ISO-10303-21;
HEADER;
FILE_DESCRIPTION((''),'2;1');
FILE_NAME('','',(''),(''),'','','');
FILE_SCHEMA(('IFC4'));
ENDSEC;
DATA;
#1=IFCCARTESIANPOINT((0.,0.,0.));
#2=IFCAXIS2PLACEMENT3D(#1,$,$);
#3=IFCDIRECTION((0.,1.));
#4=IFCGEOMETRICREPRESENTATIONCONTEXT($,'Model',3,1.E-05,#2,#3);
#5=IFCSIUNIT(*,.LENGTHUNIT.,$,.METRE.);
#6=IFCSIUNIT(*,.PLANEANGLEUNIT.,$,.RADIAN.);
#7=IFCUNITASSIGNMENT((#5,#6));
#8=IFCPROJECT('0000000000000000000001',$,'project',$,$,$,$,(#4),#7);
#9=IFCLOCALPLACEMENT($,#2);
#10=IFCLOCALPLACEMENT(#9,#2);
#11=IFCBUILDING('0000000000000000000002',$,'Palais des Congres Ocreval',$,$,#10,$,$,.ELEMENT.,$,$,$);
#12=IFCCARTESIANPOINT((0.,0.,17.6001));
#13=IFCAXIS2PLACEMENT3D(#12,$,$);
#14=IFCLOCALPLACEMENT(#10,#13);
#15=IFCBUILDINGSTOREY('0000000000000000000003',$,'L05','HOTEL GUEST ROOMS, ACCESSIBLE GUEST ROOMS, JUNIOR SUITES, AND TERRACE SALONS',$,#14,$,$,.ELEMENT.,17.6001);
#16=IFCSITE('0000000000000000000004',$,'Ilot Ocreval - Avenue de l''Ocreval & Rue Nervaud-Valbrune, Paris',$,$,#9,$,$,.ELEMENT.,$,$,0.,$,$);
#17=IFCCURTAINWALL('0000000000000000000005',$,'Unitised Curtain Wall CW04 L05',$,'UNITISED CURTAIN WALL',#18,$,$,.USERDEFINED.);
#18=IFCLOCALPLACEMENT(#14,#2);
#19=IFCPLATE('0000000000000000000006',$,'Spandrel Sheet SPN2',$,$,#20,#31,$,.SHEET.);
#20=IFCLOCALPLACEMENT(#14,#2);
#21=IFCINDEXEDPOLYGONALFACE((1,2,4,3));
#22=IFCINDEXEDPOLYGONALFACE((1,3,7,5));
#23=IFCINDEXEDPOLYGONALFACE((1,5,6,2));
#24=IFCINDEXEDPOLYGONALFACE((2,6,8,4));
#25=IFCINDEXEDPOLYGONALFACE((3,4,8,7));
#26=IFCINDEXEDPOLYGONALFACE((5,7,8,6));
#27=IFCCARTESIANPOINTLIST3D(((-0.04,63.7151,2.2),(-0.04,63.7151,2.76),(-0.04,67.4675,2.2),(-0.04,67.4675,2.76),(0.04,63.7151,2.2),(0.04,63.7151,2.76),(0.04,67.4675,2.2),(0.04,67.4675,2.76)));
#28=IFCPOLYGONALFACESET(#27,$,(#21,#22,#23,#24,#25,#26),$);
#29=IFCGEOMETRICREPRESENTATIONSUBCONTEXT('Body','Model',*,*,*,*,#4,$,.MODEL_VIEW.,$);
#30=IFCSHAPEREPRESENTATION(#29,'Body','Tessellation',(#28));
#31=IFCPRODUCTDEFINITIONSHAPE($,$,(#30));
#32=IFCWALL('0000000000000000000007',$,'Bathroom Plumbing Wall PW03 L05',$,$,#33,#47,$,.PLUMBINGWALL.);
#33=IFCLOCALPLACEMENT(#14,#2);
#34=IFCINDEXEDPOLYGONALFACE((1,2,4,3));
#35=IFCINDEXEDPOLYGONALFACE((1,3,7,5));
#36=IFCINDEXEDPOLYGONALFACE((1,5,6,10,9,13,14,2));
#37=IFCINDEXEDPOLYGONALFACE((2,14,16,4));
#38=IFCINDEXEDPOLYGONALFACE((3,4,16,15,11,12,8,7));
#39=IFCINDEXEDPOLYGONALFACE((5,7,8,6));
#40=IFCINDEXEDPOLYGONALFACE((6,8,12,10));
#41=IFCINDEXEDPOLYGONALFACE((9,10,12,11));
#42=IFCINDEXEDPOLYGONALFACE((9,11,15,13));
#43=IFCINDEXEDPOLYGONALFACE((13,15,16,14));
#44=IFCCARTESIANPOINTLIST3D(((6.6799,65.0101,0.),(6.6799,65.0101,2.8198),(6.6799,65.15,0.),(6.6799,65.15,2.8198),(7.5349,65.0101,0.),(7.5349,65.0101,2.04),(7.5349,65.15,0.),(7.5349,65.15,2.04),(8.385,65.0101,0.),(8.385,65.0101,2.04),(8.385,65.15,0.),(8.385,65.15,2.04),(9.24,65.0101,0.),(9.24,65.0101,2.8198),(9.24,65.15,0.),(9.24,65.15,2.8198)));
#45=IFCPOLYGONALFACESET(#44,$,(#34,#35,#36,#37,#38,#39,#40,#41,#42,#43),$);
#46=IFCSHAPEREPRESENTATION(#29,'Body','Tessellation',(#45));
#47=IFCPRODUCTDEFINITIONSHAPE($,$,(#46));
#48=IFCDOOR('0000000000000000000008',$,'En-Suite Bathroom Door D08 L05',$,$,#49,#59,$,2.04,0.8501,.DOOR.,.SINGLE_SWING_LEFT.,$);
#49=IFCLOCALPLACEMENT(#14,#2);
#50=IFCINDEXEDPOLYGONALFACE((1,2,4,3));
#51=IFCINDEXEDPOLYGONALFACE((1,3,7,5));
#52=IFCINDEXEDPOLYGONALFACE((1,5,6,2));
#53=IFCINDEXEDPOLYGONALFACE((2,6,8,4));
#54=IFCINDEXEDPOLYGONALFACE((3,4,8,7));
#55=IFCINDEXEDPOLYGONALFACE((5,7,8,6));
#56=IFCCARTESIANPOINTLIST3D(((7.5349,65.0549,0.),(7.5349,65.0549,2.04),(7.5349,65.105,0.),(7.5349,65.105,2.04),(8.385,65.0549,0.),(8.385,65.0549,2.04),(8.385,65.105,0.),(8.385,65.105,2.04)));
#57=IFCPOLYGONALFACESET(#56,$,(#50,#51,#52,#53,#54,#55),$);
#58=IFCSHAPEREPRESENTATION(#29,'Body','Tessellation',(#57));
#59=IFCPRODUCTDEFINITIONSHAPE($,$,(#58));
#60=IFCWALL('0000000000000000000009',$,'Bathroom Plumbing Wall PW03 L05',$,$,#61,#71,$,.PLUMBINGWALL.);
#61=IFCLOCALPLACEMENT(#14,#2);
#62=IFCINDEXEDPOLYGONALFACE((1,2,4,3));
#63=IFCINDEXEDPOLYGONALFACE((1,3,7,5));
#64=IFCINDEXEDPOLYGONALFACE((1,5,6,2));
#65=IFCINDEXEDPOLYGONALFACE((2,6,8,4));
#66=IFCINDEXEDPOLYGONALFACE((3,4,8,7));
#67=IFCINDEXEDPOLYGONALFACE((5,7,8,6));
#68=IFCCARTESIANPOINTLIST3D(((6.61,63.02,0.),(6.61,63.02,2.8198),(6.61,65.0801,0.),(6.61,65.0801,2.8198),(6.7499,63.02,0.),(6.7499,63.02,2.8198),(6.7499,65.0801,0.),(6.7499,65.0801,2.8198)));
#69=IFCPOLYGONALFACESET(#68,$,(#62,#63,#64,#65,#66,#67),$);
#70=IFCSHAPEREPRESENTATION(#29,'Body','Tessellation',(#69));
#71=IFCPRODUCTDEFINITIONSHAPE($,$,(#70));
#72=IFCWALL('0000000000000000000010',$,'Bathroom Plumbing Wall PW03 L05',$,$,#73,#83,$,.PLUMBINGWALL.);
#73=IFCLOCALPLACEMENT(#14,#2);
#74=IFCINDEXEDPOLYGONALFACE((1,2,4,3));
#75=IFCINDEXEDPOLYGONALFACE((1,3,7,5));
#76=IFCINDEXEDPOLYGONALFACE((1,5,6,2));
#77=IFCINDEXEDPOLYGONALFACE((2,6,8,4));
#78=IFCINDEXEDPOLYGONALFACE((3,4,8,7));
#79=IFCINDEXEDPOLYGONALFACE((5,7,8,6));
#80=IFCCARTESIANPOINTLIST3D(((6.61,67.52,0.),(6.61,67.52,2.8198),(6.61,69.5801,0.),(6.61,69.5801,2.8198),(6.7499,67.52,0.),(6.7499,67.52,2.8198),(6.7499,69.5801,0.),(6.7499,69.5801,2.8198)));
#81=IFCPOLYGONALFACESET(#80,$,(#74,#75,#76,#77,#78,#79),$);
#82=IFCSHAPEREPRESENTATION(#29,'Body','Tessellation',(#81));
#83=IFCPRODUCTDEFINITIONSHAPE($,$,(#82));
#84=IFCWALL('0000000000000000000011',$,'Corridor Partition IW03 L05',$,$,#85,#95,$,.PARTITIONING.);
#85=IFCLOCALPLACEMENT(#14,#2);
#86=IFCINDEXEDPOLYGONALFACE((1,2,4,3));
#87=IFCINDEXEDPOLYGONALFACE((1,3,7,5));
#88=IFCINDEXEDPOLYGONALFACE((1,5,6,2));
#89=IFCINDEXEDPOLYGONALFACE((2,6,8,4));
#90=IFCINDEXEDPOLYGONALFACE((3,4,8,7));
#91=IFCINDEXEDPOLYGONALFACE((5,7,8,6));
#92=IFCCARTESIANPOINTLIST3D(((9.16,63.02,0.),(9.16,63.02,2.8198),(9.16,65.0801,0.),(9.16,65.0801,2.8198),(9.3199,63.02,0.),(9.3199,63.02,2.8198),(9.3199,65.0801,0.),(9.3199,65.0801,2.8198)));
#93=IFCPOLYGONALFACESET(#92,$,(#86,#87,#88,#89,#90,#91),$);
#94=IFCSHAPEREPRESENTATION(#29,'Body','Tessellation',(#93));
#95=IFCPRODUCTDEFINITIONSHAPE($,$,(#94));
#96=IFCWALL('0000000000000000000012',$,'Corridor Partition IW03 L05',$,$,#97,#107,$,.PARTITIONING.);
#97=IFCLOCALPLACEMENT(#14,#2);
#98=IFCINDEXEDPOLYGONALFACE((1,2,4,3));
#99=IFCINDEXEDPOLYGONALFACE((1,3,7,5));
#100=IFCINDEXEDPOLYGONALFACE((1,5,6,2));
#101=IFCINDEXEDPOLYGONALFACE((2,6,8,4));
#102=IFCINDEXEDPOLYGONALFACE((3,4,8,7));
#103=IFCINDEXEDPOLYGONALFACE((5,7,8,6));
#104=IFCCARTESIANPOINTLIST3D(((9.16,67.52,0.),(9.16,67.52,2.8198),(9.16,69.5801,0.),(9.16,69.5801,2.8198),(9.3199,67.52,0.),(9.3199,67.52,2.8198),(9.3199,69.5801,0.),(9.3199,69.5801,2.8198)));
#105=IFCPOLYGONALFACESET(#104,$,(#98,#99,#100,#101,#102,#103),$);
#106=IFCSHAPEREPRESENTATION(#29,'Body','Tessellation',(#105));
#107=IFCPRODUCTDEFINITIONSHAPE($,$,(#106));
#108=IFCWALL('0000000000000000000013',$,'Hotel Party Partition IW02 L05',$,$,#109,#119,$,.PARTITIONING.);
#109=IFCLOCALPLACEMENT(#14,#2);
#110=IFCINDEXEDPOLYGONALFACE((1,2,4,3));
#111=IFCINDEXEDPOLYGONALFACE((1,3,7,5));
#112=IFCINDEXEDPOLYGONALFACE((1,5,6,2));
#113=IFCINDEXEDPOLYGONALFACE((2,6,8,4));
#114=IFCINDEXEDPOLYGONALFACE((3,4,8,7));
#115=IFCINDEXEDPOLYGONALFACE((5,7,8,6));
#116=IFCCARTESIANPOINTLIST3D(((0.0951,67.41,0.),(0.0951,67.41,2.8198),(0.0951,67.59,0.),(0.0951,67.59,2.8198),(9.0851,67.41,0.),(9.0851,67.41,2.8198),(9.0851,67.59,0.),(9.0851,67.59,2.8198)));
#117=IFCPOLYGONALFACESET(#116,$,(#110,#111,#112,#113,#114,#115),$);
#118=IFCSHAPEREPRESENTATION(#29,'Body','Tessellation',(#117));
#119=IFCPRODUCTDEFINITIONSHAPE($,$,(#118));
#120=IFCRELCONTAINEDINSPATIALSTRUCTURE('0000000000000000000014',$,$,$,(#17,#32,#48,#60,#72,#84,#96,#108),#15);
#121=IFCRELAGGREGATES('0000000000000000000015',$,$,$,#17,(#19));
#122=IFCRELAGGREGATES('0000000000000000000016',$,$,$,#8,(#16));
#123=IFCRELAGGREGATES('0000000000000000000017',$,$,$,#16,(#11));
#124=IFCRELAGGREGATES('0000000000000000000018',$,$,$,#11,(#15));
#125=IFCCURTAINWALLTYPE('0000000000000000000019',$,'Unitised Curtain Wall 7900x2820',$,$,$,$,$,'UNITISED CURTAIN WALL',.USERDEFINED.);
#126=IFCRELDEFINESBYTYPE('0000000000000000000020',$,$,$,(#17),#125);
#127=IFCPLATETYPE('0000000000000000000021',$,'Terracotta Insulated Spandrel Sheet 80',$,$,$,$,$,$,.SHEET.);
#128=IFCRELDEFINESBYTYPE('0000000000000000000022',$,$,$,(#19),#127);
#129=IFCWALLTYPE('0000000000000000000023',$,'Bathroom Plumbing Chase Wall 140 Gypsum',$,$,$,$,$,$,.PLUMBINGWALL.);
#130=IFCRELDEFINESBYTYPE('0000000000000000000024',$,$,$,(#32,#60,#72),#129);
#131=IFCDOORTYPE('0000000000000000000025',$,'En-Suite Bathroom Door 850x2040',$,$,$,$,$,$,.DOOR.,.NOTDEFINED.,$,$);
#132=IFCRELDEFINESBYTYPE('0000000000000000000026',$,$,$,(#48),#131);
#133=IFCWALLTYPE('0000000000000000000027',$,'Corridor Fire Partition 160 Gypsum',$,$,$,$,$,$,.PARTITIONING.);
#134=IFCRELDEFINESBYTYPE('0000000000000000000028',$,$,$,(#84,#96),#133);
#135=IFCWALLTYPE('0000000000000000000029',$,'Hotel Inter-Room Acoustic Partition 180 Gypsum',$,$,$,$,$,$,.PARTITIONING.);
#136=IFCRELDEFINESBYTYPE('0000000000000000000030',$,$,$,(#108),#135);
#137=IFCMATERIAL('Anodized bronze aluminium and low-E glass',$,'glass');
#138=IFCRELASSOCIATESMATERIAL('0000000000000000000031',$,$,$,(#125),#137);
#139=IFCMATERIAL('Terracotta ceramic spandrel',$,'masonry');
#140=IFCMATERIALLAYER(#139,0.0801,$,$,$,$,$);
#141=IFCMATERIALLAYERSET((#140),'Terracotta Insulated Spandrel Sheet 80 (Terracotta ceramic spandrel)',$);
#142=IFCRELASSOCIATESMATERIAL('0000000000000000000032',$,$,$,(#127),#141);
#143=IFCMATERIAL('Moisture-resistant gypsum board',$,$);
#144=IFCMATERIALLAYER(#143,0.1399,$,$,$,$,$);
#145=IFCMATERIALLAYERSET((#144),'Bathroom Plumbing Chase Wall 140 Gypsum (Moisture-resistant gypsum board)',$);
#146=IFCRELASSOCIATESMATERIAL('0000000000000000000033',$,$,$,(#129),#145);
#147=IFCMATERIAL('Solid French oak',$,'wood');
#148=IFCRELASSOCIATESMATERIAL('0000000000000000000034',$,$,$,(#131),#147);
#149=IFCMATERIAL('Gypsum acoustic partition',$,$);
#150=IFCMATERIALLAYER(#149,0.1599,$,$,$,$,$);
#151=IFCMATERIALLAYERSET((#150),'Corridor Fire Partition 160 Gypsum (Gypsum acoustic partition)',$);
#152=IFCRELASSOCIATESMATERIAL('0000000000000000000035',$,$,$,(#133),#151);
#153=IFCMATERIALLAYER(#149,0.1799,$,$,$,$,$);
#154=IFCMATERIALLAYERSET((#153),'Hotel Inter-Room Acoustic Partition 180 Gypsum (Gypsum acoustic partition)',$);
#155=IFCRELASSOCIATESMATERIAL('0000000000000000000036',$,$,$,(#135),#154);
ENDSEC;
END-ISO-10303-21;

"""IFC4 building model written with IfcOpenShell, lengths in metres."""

from ifc_helpers import new_model, si_unit, direction, frame, frame_2d, origin, origin_2d, place, context, subcontext, project, spatial, rectangle, extrude, material, layer, layer_set, type_object, element, fill, aggregate, save


model = new_model("IFC4")

# Units and contexts
model_context = context("Model", 3, precision=1e-05, world=origin(), true_north=direction((0.0, 1.0)))
body_context = subcontext(model_context, "Body", "Model", "MODEL_VIEW")
ifc_project = project(units=[si_unit("LENGTHUNIT", "METRE"), si_unit("PLANEANGLEUNIT", "RADIAN")], contexts=[model_context])

# Site, building, storey
site_placement = place(None, origin())
site = spatial("IfcSite", under=ifc_project, at=site_placement, Name="Ilot Ocreval - Avenue de l'Ocreval & Rue Nervaud-Valbrune, Paris", CompositionType="ELEMENT", RefElevation=0.0)
building_placement = place(site_placement, origin())
building = spatial("IfcBuilding", under=site, at=building_placement, Name="Palais des Congres Ocreval", CompositionType="ELEMENT")
storey_placement = place(building_placement, frame((0.0, 0.0, 17.6001)))
storey = spatial("IfcBuildingStorey", under=building, at=storey_placement, Name="L05", Description="HOTEL GUEST ROOMS, ACCESSIBLE GUEST ROOMS, JUNIOR SUITES, AND TERRACE SALONS", CompositionType="ELEMENT", Elevation=17.6001)

# Curtain wall
ifc_material_1 = material(Name="Anodized bronze aluminium and low-E glass", Category="glass")
curtain_wall_type = type_object("IfcCurtainWallType", Name="Unitised Curtain Wall 7900x2820", ElementType="UNITISED CURTAIN WALL", PredefinedType="USERDEFINED", material=ifc_material_1)
curtain_wall_placement = place(storey_placement, origin())
curtain_wall = element("IfcCurtainWall", 1, at=curtain_wall_placement, inside=storey, type_object=curtain_wall_type, Name="Unitised Curtain Wall CW04 L05", ObjectType="UNITISED CURTAIN WALL", PredefinedType="USERDEFINED")

# Plate
ifc_material_2 = material(Name="Terracotta ceramic spandrel", Category="masonry")
ifc_layer_1 = layer(ifc_material_2, 0.0801)
ifc_layer_set_1 = layer_set([ifc_layer_1], Name="Terracotta Insulated Spandrel Sheet 80 (Terracotta ceramic spandrel)")
plate_type_1 = type_object("IfcPlateType", Name="Terracotta Insulated Spandrel Sheet 80", PredefinedType="SHEET", material=ifc_layer_set_1)
plate_1_placement = place(storey_placement, frame((0.0, 65.5913, 2.2), z_axis=(0.0, 0.0, 1.0), x_axis=(0.0, 1.0, 0.0)))
plate_1 = element("IfcPlate", 2, at=plate_1_placement, type_object=plate_type_1, Name="Spandrel Sheet SPN2", PredefinedType="SHEET", context=body_context, shape_type="SweptSolid", body=[
    extrude(rectangle(XDim=3.7524, YDim=0.0801, at=origin_2d()), origin(), (0.0, 0.0, 1.0), 0.5601),
])
aggregate(curtain_wall, [plate_1])

# Wall, opening, door
ifc_material_3 = material(Name="Moisture-resistant gypsum board")
ifc_layer_2 = layer(ifc_material_3, 0.1399)
ifc_layer_set_2 = layer_set([ifc_layer_2], Name="Bathroom Plumbing Chase Wall 140 Gypsum (Moisture-resistant gypsum board)")
wall_type_1 = type_object("IfcWallType", Name="Bathroom Plumbing Chase Wall 140 Gypsum", PredefinedType="PLUMBINGWALL", material=ifc_layer_set_2)
wall_1_placement = place(storey_placement, frame((6.6799, 65.0801, 0.0), z_axis=(0.0, 0.0, 1.0), x_axis=(1.0, 0.0, 0.0)))
wall_1 = element("IfcWall", 3, at=wall_1_placement, inside=storey, type_object=wall_type_1, Name="Bathroom Plumbing Wall PW03 L05", PredefinedType="PLUMBINGWALL", context=body_context, shape_type="SweptSolid", body=[
    extrude(rectangle(XDim=2.5601, YDim=0.1399, at=frame_2d((1.28, 0.0))), origin(), (0.0, 0.0, 1.0), 2.8198),
])
opening_1_placement = place(wall_1_placement, frame((0.855, 0.0, 0.0)))
opening_1 = element("IfcOpeningElement", 4, at=opening_1_placement, cuts=wall_1, PredefinedType="OPENING", context=body_context, shape_type="SweptSolid", body=[
    extrude(rectangle(XDim=0.8501, YDim=2.04, at=frame_2d((0.425, 1.02))), frame((0.0, 0.0798, 0.0), z_axis=(0.0, -1.0, 0.0), x_axis=(1.0, 0.0, 0.0)), (0.0, 0.0, 1.0), 0.1599),
])
ifc_material_4 = material(Name="Solid French oak", Category="wood")
door_type_1 = type_object("IfcDoorType", Name="En-Suite Bathroom Door 850x2040", OperationType="NOTDEFINED", PredefinedType="DOOR", material=ifc_material_4)
door_1_placement = place(opening_1_placement, origin())
door_1 = element("IfcDoor", 5, at=door_1_placement, inside=storey, type_object=door_type_1, Name="En-Suite Bathroom Door D08 L05", OperationType="SINGLE_SWING_LEFT", OverallHeight=2.04, OverallWidth=0.8501, PredefinedType="DOOR", context=body_context, shape_type="SweptSolid", body=[
    extrude(rectangle(XDim=0.8501, YDim=2.04, at=frame_2d((0.425, 1.02))), frame((0.0, 0.0249, 0.0), z_axis=(0.0, -1.0, 0.0), x_axis=(1.0, 0.0, 0.0)), (0.0, 0.0, 1.0), 0.05),
])
fill(opening_1, door_1)

# Walls
for number, where, z_axis, x_axis, name in (
    (6, (6.6799, 63.02, 0.0), (0.0, 0.0, 1.0), (0.0, 1.0, 0.0), "Bathroom Plumbing Wall PW03 L05"),
    (7, (6.6799, 67.52, 0.0), (0.0, 0.0, 1.0), (0.0, 1.0, 0.0), "Bathroom Plumbing Wall PW03 L05"),
):
    element("IfcWall", number, at=place(storey_placement, frame(where, z_axis=z_axis, x_axis=x_axis)), inside=storey, type_object=wall_type_1, Name=name, PredefinedType="PLUMBINGWALL", context=body_context, shape_type="SweptSolid", body=[
        extrude(rectangle(XDim=2.0601, YDim=0.1399, at=frame_2d((1.03, 0.0))), origin(), (0.0, 0.0, 1.0), 2.8198),
    ])
ifc_material_5 = material(Name="Gypsum acoustic partition")
ifc_layer_3 = layer(ifc_material_5, 0.1599)
ifc_layer_set_3 = layer_set([ifc_layer_3], Name="Corridor Fire Partition 160 Gypsum (Gypsum acoustic partition)")
wall_type_2 = type_object("IfcWallType", Name="Corridor Fire Partition 160 Gypsum", PredefinedType="PARTITIONING", material=ifc_layer_set_3)
for number, where, z_axis, x_axis, name in (
    (8, (9.24, 63.02, 0.0), (0.0, 0.0, 1.0), (0.0, 1.0, 0.0), "Corridor Partition IW03 L05"),
    (9, (9.24, 67.52, 0.0), (0.0, 0.0, 1.0), (0.0, 1.0, 0.0), "Corridor Partition IW03 L05"),
):
    element("IfcWall", number, at=place(storey_placement, frame(where, z_axis=z_axis, x_axis=x_axis)), inside=storey, type_object=wall_type_2, Name=name, PredefinedType="PARTITIONING", context=body_context, shape_type="SweptSolid", body=[
        extrude(rectangle(XDim=2.0601, YDim=0.1599, at=frame_2d((1.03, 0.0))), origin(), (0.0, 0.0, 1.0), 2.8198),
    ])

# Wall
ifc_layer_4 = layer(ifc_material_5, 0.1799)
ifc_layer_set_4 = layer_set([ifc_layer_4], Name="Hotel Inter-Room Acoustic Partition 180 Gypsum (Gypsum acoustic partition)")
wall_type_3 = type_object("IfcWallType", Name="Hotel Inter-Room Acoustic Partition 180 Gypsum", PredefinedType="PARTITIONING", material=ifc_layer_set_4)
wall_2_placement = place(storey_placement, frame((0.095, 67.5, 0.0), z_axis=(0.0, 0.0, 1.0), x_axis=(1.0, 0.0, 0.0)))
element("IfcWall", 10, at=wall_2_placement, inside=storey, type_object=wall_type_3, Name="Hotel Party Partition IW02 L05", PredefinedType="PARTITIONING", context=body_context, shape_type="SweptSolid", body=[
    extrude(rectangle(XDim=8.99, YDim=0.1799, at=frame_2d((4.4951, 0.0))), origin(), (0.0, 0.0, 1.0), 2.8198),
])

save(model, "model.ifc")
